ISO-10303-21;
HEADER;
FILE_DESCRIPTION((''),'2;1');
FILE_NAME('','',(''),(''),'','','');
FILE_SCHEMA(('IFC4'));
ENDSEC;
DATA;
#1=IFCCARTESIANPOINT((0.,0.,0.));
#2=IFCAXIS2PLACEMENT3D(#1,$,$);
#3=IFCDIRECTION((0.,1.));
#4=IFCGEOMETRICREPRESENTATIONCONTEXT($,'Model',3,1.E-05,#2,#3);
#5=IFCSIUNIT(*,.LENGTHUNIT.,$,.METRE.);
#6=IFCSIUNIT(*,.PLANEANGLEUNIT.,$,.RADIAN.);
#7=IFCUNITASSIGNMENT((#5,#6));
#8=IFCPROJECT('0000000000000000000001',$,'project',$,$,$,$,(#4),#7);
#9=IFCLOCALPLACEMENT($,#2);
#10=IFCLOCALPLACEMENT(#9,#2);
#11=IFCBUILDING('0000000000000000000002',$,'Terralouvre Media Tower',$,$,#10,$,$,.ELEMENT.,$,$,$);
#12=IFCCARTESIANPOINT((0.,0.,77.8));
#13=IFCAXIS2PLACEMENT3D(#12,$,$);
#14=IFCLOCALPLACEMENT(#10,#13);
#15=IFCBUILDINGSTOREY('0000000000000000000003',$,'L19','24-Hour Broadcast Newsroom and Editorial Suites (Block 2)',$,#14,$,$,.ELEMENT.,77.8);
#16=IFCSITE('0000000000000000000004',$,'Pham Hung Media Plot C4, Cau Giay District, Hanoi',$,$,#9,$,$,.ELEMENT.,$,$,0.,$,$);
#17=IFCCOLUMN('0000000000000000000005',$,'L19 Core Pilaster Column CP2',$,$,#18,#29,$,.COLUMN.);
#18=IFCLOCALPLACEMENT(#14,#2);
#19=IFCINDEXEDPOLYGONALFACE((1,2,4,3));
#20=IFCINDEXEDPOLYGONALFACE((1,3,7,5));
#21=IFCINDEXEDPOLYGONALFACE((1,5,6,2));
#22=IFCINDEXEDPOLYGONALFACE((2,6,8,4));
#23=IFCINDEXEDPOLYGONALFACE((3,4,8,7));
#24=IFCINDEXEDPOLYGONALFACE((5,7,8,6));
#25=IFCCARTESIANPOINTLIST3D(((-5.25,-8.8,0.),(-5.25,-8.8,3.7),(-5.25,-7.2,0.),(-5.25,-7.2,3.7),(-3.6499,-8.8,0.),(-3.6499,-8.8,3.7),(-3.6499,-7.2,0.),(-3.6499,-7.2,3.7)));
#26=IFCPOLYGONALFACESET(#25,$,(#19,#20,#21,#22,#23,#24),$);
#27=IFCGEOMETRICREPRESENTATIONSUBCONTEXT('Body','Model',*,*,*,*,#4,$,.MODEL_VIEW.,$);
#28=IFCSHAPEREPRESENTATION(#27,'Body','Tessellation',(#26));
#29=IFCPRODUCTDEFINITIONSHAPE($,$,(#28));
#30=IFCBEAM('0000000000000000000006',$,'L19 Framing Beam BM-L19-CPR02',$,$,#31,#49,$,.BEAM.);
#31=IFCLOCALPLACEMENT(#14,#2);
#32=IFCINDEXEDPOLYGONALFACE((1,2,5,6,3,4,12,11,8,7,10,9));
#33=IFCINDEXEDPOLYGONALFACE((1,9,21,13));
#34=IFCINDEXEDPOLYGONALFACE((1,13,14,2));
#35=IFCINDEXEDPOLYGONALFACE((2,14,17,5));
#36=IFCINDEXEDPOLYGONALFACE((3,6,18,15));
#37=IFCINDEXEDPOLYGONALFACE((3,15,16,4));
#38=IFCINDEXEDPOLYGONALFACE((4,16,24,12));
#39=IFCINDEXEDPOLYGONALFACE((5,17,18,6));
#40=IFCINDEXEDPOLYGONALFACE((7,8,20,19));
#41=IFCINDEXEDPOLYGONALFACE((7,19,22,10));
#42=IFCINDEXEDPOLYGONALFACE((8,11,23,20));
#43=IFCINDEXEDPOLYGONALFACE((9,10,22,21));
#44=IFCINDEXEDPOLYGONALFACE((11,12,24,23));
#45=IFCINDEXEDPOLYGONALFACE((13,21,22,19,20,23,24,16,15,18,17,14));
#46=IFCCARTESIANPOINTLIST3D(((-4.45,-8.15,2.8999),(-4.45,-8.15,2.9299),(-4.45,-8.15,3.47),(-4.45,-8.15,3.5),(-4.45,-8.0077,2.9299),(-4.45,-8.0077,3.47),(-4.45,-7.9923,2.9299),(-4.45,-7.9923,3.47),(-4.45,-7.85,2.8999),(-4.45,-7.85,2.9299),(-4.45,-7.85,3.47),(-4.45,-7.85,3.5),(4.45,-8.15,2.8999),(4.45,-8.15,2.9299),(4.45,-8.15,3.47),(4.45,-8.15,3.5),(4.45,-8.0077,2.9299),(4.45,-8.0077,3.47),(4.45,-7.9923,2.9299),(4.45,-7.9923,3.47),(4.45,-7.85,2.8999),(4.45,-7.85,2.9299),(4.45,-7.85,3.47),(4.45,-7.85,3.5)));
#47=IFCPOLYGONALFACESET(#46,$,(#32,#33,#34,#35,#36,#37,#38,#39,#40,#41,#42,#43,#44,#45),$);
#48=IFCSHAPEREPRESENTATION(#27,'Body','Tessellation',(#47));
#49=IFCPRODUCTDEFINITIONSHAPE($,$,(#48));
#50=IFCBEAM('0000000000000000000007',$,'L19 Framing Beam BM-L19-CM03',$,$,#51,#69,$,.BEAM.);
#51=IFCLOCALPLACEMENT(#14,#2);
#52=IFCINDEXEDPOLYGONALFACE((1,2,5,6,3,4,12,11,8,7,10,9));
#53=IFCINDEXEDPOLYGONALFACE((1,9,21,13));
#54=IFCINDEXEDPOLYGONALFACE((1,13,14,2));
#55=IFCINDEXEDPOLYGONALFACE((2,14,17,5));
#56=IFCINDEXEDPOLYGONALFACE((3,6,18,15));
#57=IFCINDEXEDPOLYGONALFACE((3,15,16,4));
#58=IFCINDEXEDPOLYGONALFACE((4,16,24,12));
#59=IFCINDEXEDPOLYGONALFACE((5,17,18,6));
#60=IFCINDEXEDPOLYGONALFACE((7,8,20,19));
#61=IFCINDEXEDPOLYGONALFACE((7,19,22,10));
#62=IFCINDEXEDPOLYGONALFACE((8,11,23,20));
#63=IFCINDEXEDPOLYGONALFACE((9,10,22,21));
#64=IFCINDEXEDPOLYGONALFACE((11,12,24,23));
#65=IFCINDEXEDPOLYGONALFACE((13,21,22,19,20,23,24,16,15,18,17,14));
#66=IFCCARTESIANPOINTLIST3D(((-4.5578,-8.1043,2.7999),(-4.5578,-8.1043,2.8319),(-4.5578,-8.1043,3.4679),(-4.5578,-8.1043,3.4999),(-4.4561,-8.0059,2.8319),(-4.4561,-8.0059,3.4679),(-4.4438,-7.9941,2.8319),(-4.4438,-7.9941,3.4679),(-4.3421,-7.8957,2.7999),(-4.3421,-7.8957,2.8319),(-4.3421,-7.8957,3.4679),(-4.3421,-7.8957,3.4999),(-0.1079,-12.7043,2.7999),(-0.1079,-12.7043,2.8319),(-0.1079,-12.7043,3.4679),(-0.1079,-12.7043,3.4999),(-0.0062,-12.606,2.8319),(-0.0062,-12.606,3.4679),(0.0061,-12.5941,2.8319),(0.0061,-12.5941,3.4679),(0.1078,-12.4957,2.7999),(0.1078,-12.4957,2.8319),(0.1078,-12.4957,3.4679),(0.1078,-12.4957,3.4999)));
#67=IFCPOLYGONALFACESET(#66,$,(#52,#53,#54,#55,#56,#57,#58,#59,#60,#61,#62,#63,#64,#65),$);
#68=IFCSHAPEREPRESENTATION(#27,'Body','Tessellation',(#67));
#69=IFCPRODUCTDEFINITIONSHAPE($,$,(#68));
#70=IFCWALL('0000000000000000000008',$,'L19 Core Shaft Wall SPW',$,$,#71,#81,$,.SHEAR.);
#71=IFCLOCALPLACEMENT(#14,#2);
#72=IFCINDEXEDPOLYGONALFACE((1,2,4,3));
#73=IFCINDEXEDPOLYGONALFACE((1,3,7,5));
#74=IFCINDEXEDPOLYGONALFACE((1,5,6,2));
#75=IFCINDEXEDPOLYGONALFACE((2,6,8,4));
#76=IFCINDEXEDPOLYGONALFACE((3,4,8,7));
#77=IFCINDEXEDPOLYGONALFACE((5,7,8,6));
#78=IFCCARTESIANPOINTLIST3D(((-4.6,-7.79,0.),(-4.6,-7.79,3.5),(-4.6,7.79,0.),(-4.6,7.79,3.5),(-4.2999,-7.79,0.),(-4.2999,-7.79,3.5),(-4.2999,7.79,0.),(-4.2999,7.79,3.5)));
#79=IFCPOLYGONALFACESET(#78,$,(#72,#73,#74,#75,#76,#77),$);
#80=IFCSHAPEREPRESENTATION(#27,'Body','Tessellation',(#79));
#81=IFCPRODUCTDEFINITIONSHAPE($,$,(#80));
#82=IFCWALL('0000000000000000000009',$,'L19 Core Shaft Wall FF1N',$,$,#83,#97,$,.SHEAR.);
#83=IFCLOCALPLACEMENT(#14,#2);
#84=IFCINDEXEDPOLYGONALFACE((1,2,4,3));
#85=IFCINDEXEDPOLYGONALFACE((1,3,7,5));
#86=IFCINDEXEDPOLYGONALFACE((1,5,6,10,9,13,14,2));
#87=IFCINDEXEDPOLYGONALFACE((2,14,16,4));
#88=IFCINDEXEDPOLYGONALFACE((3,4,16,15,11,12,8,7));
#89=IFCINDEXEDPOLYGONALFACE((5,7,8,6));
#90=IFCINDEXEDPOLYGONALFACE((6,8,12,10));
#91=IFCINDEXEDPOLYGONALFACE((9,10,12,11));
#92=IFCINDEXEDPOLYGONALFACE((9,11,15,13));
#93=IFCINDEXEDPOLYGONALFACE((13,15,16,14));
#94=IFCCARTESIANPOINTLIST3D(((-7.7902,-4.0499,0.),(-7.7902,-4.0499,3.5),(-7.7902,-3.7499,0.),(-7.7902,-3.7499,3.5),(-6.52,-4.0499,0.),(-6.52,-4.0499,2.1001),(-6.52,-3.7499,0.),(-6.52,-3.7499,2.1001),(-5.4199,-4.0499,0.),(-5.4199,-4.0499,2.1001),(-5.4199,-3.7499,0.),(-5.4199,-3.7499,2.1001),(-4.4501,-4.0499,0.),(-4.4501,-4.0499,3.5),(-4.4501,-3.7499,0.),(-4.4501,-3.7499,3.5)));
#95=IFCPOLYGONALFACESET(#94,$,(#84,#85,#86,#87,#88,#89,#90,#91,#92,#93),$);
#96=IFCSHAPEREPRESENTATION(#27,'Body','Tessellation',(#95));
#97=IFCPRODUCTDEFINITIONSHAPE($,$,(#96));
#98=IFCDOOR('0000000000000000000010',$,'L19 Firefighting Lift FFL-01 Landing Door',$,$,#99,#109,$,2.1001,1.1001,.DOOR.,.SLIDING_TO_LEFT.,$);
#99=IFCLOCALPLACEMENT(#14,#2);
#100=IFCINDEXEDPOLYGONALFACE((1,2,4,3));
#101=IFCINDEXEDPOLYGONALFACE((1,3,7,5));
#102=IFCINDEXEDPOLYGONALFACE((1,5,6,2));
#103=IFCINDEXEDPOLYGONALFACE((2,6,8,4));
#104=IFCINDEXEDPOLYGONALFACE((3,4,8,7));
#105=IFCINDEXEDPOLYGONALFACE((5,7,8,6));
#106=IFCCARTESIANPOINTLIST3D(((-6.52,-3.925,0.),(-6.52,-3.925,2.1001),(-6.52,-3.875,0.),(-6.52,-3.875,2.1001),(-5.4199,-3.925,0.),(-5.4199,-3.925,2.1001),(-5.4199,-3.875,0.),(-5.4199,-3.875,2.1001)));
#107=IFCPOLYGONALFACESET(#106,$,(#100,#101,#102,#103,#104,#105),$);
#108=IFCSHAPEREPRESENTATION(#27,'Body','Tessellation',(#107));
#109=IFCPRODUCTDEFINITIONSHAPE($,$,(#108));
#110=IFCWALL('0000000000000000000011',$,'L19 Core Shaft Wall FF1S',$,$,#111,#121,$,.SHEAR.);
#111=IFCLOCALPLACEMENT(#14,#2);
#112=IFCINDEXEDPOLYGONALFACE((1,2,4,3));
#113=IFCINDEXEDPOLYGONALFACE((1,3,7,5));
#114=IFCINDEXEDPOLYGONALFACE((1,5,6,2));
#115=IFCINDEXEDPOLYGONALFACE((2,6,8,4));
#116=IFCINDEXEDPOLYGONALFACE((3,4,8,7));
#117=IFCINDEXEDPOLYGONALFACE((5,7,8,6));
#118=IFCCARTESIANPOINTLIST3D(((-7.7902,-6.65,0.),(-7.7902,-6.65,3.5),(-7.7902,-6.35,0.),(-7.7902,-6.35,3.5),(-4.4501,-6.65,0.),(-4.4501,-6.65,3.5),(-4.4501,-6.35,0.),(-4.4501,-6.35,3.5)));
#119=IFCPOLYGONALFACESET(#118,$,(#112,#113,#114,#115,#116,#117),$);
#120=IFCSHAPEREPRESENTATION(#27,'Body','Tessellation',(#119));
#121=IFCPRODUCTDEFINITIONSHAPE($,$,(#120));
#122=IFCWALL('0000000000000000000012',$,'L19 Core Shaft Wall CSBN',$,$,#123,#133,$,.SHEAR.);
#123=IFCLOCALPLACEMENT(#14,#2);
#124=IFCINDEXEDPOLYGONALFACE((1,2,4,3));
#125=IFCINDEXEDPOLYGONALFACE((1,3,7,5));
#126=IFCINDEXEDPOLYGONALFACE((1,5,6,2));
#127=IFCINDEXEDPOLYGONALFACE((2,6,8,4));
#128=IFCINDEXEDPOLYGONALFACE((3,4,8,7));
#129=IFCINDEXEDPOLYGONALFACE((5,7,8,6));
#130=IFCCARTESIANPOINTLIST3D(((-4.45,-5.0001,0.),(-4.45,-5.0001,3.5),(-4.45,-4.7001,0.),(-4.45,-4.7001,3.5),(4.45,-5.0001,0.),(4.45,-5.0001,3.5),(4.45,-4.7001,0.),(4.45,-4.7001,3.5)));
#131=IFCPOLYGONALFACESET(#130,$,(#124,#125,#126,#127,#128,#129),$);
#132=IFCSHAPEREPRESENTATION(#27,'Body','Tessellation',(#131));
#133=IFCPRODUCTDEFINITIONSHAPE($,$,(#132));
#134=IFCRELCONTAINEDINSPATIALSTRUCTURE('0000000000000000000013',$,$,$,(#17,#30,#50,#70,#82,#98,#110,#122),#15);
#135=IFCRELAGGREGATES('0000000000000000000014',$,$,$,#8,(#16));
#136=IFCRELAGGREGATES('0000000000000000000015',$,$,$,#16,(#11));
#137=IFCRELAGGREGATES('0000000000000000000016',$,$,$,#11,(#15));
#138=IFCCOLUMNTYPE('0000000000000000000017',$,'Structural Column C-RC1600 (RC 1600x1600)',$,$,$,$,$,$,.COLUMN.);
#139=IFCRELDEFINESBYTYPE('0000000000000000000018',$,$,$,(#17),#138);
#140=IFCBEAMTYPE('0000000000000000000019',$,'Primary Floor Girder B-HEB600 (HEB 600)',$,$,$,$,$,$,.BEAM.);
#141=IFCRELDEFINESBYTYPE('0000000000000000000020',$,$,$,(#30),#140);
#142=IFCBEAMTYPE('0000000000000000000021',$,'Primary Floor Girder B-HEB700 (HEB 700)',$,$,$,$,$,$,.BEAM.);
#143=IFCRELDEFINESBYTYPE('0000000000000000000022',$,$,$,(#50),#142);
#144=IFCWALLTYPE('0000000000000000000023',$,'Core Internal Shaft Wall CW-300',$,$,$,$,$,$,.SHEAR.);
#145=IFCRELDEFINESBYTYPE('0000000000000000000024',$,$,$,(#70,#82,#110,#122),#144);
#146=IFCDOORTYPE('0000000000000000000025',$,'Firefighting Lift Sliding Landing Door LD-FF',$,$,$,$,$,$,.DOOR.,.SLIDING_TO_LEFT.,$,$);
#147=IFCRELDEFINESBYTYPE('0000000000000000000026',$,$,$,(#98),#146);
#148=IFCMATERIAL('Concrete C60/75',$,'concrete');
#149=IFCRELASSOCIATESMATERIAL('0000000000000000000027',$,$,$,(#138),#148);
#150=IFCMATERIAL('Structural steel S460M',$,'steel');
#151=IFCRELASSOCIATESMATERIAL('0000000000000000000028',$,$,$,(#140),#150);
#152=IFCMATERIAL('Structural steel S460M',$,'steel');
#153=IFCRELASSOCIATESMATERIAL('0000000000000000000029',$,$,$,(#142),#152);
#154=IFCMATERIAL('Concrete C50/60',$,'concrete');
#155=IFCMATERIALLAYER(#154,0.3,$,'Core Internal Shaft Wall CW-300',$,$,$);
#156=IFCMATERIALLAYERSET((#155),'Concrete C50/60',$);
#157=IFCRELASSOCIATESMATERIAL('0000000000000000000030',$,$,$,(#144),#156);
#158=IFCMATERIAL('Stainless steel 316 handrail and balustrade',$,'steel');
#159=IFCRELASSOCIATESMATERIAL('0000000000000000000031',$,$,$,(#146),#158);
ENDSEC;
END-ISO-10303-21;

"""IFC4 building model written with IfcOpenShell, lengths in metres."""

from ifc_helpers import new_model, si_unit, direction, frame, frame_2d, origin, origin_2d, place, context, subcontext, project, spatial, rectangle, i_section, extrude, material, layer, layer_set, material_profile, profile_set, type_object, element, fill, save


model = new_model("IFC4")

# Units and contexts
model_context = context("Model", 3, precision=1e-05, world=origin(), true_north=direction((0.0, 1.0)))
body_context = subcontext(model_context, "Body", "Model", "MODEL_VIEW")
ifc_project = project(units=[si_unit("LENGTHUNIT", "METRE"), si_unit("PLANEANGLEUNIT", "RADIAN")], contexts=[model_context])

# Site, building, storey
site_placement = place(None, origin())
site = spatial("IfcSite", under=ifc_project, at=site_placement, Name="Pham Hung Media Plot C4, Cau Giay District, Hanoi", CompositionType="ELEMENT", RefElevation=0.0)
building_placement = place(site_placement, origin())
building = spatial("IfcBuilding", under=site, at=building_placement, Name="Terralouvre Media Tower", CompositionType="ELEMENT")
storey_placement = place(building_placement, frame((0.0, 0.0, 77.8)))
storey = spatial("IfcBuildingStorey", under=building, at=storey_placement, Name="L19", Description="24-Hour Broadcast Newsroom and Editorial Suites (Block 2)", CompositionType="ELEMENT", Elevation=77.8)

# Column
ifc_material_1 = material(Name="Concrete C60/75", Category="concrete")
ifc_material_profile_1 = material_profile(ifc_material_1, rectangle(XDim=1.6001, YDim=1.6001, at=origin_2d()), Name="RC 1600x1600")
ifc_profile_set_1 = profile_set([ifc_material_profile_1], Name="Concrete C60/75")
column_type = type_object("IfcColumnType", Name="Structural Column C-RC1600 (RC 1600x1600)", PredefinedType="COLUMN", material=ifc_profile_set_1)
column_placement = place(storey_placement, frame((-4.45, -8.0, 0.0), z_axis=(0.0, 0.0, 1.0), x_axis=(1.0, 0.0, 0.0)))
element("IfcColumn", 1, at=column_placement, inside=storey, type_object=column_type, Name="L19 Core Pilaster Column CP2", PredefinedType="COLUMN", context=body_context, shape_type="SweptSolid", body=[
    extrude(rectangle(XDim=1.6001, YDim=1.6001, at=origin_2d()), origin(), (0.0, 0.0, 1.0), 3.7),
])

# Beams
ifc_material_2 = material(Name="Structural steel S460M", Category="steel")
ifc_material_profile_2 = material_profile(ifc_material_2, i_section(OverallWidth=0.3, OverallDepth=0.6001, WebThickness=0.0154, FlangeThickness=0.03, at=origin_2d()), Name="HEB 600")
ifc_profile_set_2 = profile_set([ifc_material_profile_2], Name="Structural steel S460M")
beam_type_1 = type_object("IfcBeamType", Name="Primary Floor Girder B-HEB600 (HEB 600)", PredefinedType="BEAM", material=ifc_profile_set_2)
beam_1_placement = place(storey_placement, frame((-4.45, -8.0, 3.2), z_axis=(1.0, 0.0, 0.0), x_axis=(0.0, 1.0, 0.0)))
element("IfcBeam", 2, at=beam_1_placement, inside=storey, type_object=beam_type_1, Name="L19 Framing Beam BM-L19-CPR02", PredefinedType="BEAM", context=body_context, shape_type="SweptSolid", body=[
    extrude(i_section(OverallWidth=0.3, OverallDepth=0.6001, WebThickness=0.0154, FlangeThickness=0.03, at=origin_2d()), origin(), (0.0, 0.0, 1.0), 8.8999),
])
ifc_material_3 = material(Name="Structural steel S460M", Category="steel")
ifc_material_profile_3 = material_profile(ifc_material_3, i_section(OverallWidth=0.3, OverallDepth=0.7, WebThickness=0.0171, FlangeThickness=0.032, at=origin_2d()), Name="HEB 700")
ifc_profile_set_3 = profile_set([ifc_material_profile_3], Name="Structural steel S460M")
beam_type_2 = type_object("IfcBeamType", Name="Primary Floor Girder B-HEB700 (HEB 700)", PredefinedType="BEAM", material=ifc_profile_set_3)
beam_2_placement = place(storey_placement, frame((-4.45, -8.0, 3.1499), z_axis=(0.69528, -0.718739, 0.0), x_axis=(0.718739, 0.69528, 0.0)))
element("IfcBeam", 3, at=beam_2_placement, inside=storey, type_object=beam_type_2, Name="L19 Framing Beam BM-L19-CM03", PredefinedType="BEAM", context=body_context, shape_type="SweptSolid", body=[
    extrude(i_section(OverallWidth=0.3, OverallDepth=0.7, WebThickness=0.0171, FlangeThickness=0.032, at=origin_2d()), origin(), (0.0, 0.0, 1.0), 6.4001),
])

# Wall
ifc_material_4 = material(Name="Concrete C50/60", Category="concrete")
ifc_layer_1 = layer(ifc_material_4, 0.3, Name="Core Internal Shaft Wall CW-300")
ifc_layer_set_1 = layer_set([ifc_layer_1], Name="Concrete C50/60")
wall_type_1 = type_object("IfcWallType", Name="Core Internal Shaft Wall CW-300", PredefinedType="SHEAR", material=ifc_layer_set_1)
wall_1_placement = place(storey_placement, frame((-4.45, -7.79, 0.0), z_axis=(0.0, 0.0, 1.0), x_axis=(0.0, 1.0, 0.0)))
element("IfcWall", 4, at=wall_1_placement, inside=storey, type_object=wall_type_1, Name="L19 Core Shaft Wall SPW", PredefinedType="SHEAR", context=body_context, shape_type="SweptSolid", body=[
    extrude(rectangle(XDim=15.5801, YDim=0.3, at=frame_2d((7.79, 0.0))), origin(), (0.0, 0.0, 1.0), 3.5),
])

# Wall, opening, door
wall_2_placement = place(storey_placement, frame((-7.79, -3.8999, 0.0), z_axis=(0.0, 0.0, 1.0), x_axis=(1.0, 0.0, 0.0)))
wall_2 = element("IfcWall", 5, at=wall_2_placement, inside=storey, type_object=wall_type_1, Name="L19 Core Shaft Wall FF1N", PredefinedType="SHEAR", context=body_context, shape_type="SweptSolid", body=[
    extrude(rectangle(XDim=3.3401, YDim=0.3, at=frame_2d((1.6699, 0.0))), origin(), (0.0, 0.0, 1.0), 3.5),
])
opening_1_placement = place(wall_2_placement, frame((1.27, 0.0, 0.0)))
opening_1 = element("IfcOpeningElement", 6, at=opening_1_placement, cuts=wall_2, PredefinedType="OPENING", context=body_context, shape_type="SweptSolid", body=[
    extrude(rectangle(XDim=1.1001, YDim=2.1001, at=frame_2d((0.55, 1.05))), frame((0.0, 0.1599, 0.0), z_axis=(0.0, -1.0, 0.0), x_axis=(1.0, 0.0, 0.0)), (0.0, 0.0, 1.0), 0.3201),
])
ifc_material_5 = material(Name="Stainless steel 316 handrail and balustrade", Category="steel")
door_type_1 = type_object("IfcDoorType", Name="Firefighting Lift Sliding Landing Door LD-FF", OperationType="SLIDING_TO_LEFT", PredefinedType="DOOR", material=ifc_material_5)
door_1_placement = place(opening_1_placement, origin())
door_1 = element("IfcDoor", 7, at=door_1_placement, inside=storey, type_object=door_type_1, Name="L19 Firefighting Lift FFL-01 Landing Door", OperationType="SLIDING_TO_LEFT", OverallHeight=2.1001, OverallWidth=1.1001, PredefinedType="DOOR", context=body_context, shape_type="SweptSolid", body=[
    extrude(rectangle(XDim=1.1001, YDim=2.1001, at=frame_2d((0.55, 1.05))), frame((0.0, 0.0249, 0.0), z_axis=(0.0, -1.0, 0.0), x_axis=(1.0, 0.0, 0.0)), (0.0, 0.0, 1.0), 0.05),
])
fill(opening_1, door_1)

# Walls
wall_3_placement = place(storey_placement, frame((-7.79, -6.5, 0.0), z_axis=(0.0, 0.0, 1.0), x_axis=(1.0, 0.0, 0.0)))
element("IfcWall", 8, at=wall_3_placement, inside=storey, type_object=wall_type_1, Name="L19 Core Shaft Wall FF1S", PredefinedType="SHEAR", context=body_context, shape_type="SweptSolid", body=[
    extrude(rectangle(XDim=3.3401, YDim=0.3, at=frame_2d((1.6699, 0.0))), origin(), (0.0, 0.0, 1.0), 3.5),
])
wall_4_placement = place(storey_placement, frame((-4.45, -4.8501, 0.0), z_axis=(0.0, 0.0, 1.0), x_axis=(1.0, 0.0, 0.0)))
element("IfcWall", 9, at=wall_4_placement, inside=storey, type_object=wall_type_1, Name="L19 Core Shaft Wall CSBN", PredefinedType="SHEAR", context=body_context, shape_type="SweptSolid", body=[
    extrude(rectangle(XDim=8.8999, YDim=0.3, at=frame_2d((4.45, 0.0))), origin(), (0.0, 0.0, 1.0), 3.5),
])

save(model, "model.ifc")
